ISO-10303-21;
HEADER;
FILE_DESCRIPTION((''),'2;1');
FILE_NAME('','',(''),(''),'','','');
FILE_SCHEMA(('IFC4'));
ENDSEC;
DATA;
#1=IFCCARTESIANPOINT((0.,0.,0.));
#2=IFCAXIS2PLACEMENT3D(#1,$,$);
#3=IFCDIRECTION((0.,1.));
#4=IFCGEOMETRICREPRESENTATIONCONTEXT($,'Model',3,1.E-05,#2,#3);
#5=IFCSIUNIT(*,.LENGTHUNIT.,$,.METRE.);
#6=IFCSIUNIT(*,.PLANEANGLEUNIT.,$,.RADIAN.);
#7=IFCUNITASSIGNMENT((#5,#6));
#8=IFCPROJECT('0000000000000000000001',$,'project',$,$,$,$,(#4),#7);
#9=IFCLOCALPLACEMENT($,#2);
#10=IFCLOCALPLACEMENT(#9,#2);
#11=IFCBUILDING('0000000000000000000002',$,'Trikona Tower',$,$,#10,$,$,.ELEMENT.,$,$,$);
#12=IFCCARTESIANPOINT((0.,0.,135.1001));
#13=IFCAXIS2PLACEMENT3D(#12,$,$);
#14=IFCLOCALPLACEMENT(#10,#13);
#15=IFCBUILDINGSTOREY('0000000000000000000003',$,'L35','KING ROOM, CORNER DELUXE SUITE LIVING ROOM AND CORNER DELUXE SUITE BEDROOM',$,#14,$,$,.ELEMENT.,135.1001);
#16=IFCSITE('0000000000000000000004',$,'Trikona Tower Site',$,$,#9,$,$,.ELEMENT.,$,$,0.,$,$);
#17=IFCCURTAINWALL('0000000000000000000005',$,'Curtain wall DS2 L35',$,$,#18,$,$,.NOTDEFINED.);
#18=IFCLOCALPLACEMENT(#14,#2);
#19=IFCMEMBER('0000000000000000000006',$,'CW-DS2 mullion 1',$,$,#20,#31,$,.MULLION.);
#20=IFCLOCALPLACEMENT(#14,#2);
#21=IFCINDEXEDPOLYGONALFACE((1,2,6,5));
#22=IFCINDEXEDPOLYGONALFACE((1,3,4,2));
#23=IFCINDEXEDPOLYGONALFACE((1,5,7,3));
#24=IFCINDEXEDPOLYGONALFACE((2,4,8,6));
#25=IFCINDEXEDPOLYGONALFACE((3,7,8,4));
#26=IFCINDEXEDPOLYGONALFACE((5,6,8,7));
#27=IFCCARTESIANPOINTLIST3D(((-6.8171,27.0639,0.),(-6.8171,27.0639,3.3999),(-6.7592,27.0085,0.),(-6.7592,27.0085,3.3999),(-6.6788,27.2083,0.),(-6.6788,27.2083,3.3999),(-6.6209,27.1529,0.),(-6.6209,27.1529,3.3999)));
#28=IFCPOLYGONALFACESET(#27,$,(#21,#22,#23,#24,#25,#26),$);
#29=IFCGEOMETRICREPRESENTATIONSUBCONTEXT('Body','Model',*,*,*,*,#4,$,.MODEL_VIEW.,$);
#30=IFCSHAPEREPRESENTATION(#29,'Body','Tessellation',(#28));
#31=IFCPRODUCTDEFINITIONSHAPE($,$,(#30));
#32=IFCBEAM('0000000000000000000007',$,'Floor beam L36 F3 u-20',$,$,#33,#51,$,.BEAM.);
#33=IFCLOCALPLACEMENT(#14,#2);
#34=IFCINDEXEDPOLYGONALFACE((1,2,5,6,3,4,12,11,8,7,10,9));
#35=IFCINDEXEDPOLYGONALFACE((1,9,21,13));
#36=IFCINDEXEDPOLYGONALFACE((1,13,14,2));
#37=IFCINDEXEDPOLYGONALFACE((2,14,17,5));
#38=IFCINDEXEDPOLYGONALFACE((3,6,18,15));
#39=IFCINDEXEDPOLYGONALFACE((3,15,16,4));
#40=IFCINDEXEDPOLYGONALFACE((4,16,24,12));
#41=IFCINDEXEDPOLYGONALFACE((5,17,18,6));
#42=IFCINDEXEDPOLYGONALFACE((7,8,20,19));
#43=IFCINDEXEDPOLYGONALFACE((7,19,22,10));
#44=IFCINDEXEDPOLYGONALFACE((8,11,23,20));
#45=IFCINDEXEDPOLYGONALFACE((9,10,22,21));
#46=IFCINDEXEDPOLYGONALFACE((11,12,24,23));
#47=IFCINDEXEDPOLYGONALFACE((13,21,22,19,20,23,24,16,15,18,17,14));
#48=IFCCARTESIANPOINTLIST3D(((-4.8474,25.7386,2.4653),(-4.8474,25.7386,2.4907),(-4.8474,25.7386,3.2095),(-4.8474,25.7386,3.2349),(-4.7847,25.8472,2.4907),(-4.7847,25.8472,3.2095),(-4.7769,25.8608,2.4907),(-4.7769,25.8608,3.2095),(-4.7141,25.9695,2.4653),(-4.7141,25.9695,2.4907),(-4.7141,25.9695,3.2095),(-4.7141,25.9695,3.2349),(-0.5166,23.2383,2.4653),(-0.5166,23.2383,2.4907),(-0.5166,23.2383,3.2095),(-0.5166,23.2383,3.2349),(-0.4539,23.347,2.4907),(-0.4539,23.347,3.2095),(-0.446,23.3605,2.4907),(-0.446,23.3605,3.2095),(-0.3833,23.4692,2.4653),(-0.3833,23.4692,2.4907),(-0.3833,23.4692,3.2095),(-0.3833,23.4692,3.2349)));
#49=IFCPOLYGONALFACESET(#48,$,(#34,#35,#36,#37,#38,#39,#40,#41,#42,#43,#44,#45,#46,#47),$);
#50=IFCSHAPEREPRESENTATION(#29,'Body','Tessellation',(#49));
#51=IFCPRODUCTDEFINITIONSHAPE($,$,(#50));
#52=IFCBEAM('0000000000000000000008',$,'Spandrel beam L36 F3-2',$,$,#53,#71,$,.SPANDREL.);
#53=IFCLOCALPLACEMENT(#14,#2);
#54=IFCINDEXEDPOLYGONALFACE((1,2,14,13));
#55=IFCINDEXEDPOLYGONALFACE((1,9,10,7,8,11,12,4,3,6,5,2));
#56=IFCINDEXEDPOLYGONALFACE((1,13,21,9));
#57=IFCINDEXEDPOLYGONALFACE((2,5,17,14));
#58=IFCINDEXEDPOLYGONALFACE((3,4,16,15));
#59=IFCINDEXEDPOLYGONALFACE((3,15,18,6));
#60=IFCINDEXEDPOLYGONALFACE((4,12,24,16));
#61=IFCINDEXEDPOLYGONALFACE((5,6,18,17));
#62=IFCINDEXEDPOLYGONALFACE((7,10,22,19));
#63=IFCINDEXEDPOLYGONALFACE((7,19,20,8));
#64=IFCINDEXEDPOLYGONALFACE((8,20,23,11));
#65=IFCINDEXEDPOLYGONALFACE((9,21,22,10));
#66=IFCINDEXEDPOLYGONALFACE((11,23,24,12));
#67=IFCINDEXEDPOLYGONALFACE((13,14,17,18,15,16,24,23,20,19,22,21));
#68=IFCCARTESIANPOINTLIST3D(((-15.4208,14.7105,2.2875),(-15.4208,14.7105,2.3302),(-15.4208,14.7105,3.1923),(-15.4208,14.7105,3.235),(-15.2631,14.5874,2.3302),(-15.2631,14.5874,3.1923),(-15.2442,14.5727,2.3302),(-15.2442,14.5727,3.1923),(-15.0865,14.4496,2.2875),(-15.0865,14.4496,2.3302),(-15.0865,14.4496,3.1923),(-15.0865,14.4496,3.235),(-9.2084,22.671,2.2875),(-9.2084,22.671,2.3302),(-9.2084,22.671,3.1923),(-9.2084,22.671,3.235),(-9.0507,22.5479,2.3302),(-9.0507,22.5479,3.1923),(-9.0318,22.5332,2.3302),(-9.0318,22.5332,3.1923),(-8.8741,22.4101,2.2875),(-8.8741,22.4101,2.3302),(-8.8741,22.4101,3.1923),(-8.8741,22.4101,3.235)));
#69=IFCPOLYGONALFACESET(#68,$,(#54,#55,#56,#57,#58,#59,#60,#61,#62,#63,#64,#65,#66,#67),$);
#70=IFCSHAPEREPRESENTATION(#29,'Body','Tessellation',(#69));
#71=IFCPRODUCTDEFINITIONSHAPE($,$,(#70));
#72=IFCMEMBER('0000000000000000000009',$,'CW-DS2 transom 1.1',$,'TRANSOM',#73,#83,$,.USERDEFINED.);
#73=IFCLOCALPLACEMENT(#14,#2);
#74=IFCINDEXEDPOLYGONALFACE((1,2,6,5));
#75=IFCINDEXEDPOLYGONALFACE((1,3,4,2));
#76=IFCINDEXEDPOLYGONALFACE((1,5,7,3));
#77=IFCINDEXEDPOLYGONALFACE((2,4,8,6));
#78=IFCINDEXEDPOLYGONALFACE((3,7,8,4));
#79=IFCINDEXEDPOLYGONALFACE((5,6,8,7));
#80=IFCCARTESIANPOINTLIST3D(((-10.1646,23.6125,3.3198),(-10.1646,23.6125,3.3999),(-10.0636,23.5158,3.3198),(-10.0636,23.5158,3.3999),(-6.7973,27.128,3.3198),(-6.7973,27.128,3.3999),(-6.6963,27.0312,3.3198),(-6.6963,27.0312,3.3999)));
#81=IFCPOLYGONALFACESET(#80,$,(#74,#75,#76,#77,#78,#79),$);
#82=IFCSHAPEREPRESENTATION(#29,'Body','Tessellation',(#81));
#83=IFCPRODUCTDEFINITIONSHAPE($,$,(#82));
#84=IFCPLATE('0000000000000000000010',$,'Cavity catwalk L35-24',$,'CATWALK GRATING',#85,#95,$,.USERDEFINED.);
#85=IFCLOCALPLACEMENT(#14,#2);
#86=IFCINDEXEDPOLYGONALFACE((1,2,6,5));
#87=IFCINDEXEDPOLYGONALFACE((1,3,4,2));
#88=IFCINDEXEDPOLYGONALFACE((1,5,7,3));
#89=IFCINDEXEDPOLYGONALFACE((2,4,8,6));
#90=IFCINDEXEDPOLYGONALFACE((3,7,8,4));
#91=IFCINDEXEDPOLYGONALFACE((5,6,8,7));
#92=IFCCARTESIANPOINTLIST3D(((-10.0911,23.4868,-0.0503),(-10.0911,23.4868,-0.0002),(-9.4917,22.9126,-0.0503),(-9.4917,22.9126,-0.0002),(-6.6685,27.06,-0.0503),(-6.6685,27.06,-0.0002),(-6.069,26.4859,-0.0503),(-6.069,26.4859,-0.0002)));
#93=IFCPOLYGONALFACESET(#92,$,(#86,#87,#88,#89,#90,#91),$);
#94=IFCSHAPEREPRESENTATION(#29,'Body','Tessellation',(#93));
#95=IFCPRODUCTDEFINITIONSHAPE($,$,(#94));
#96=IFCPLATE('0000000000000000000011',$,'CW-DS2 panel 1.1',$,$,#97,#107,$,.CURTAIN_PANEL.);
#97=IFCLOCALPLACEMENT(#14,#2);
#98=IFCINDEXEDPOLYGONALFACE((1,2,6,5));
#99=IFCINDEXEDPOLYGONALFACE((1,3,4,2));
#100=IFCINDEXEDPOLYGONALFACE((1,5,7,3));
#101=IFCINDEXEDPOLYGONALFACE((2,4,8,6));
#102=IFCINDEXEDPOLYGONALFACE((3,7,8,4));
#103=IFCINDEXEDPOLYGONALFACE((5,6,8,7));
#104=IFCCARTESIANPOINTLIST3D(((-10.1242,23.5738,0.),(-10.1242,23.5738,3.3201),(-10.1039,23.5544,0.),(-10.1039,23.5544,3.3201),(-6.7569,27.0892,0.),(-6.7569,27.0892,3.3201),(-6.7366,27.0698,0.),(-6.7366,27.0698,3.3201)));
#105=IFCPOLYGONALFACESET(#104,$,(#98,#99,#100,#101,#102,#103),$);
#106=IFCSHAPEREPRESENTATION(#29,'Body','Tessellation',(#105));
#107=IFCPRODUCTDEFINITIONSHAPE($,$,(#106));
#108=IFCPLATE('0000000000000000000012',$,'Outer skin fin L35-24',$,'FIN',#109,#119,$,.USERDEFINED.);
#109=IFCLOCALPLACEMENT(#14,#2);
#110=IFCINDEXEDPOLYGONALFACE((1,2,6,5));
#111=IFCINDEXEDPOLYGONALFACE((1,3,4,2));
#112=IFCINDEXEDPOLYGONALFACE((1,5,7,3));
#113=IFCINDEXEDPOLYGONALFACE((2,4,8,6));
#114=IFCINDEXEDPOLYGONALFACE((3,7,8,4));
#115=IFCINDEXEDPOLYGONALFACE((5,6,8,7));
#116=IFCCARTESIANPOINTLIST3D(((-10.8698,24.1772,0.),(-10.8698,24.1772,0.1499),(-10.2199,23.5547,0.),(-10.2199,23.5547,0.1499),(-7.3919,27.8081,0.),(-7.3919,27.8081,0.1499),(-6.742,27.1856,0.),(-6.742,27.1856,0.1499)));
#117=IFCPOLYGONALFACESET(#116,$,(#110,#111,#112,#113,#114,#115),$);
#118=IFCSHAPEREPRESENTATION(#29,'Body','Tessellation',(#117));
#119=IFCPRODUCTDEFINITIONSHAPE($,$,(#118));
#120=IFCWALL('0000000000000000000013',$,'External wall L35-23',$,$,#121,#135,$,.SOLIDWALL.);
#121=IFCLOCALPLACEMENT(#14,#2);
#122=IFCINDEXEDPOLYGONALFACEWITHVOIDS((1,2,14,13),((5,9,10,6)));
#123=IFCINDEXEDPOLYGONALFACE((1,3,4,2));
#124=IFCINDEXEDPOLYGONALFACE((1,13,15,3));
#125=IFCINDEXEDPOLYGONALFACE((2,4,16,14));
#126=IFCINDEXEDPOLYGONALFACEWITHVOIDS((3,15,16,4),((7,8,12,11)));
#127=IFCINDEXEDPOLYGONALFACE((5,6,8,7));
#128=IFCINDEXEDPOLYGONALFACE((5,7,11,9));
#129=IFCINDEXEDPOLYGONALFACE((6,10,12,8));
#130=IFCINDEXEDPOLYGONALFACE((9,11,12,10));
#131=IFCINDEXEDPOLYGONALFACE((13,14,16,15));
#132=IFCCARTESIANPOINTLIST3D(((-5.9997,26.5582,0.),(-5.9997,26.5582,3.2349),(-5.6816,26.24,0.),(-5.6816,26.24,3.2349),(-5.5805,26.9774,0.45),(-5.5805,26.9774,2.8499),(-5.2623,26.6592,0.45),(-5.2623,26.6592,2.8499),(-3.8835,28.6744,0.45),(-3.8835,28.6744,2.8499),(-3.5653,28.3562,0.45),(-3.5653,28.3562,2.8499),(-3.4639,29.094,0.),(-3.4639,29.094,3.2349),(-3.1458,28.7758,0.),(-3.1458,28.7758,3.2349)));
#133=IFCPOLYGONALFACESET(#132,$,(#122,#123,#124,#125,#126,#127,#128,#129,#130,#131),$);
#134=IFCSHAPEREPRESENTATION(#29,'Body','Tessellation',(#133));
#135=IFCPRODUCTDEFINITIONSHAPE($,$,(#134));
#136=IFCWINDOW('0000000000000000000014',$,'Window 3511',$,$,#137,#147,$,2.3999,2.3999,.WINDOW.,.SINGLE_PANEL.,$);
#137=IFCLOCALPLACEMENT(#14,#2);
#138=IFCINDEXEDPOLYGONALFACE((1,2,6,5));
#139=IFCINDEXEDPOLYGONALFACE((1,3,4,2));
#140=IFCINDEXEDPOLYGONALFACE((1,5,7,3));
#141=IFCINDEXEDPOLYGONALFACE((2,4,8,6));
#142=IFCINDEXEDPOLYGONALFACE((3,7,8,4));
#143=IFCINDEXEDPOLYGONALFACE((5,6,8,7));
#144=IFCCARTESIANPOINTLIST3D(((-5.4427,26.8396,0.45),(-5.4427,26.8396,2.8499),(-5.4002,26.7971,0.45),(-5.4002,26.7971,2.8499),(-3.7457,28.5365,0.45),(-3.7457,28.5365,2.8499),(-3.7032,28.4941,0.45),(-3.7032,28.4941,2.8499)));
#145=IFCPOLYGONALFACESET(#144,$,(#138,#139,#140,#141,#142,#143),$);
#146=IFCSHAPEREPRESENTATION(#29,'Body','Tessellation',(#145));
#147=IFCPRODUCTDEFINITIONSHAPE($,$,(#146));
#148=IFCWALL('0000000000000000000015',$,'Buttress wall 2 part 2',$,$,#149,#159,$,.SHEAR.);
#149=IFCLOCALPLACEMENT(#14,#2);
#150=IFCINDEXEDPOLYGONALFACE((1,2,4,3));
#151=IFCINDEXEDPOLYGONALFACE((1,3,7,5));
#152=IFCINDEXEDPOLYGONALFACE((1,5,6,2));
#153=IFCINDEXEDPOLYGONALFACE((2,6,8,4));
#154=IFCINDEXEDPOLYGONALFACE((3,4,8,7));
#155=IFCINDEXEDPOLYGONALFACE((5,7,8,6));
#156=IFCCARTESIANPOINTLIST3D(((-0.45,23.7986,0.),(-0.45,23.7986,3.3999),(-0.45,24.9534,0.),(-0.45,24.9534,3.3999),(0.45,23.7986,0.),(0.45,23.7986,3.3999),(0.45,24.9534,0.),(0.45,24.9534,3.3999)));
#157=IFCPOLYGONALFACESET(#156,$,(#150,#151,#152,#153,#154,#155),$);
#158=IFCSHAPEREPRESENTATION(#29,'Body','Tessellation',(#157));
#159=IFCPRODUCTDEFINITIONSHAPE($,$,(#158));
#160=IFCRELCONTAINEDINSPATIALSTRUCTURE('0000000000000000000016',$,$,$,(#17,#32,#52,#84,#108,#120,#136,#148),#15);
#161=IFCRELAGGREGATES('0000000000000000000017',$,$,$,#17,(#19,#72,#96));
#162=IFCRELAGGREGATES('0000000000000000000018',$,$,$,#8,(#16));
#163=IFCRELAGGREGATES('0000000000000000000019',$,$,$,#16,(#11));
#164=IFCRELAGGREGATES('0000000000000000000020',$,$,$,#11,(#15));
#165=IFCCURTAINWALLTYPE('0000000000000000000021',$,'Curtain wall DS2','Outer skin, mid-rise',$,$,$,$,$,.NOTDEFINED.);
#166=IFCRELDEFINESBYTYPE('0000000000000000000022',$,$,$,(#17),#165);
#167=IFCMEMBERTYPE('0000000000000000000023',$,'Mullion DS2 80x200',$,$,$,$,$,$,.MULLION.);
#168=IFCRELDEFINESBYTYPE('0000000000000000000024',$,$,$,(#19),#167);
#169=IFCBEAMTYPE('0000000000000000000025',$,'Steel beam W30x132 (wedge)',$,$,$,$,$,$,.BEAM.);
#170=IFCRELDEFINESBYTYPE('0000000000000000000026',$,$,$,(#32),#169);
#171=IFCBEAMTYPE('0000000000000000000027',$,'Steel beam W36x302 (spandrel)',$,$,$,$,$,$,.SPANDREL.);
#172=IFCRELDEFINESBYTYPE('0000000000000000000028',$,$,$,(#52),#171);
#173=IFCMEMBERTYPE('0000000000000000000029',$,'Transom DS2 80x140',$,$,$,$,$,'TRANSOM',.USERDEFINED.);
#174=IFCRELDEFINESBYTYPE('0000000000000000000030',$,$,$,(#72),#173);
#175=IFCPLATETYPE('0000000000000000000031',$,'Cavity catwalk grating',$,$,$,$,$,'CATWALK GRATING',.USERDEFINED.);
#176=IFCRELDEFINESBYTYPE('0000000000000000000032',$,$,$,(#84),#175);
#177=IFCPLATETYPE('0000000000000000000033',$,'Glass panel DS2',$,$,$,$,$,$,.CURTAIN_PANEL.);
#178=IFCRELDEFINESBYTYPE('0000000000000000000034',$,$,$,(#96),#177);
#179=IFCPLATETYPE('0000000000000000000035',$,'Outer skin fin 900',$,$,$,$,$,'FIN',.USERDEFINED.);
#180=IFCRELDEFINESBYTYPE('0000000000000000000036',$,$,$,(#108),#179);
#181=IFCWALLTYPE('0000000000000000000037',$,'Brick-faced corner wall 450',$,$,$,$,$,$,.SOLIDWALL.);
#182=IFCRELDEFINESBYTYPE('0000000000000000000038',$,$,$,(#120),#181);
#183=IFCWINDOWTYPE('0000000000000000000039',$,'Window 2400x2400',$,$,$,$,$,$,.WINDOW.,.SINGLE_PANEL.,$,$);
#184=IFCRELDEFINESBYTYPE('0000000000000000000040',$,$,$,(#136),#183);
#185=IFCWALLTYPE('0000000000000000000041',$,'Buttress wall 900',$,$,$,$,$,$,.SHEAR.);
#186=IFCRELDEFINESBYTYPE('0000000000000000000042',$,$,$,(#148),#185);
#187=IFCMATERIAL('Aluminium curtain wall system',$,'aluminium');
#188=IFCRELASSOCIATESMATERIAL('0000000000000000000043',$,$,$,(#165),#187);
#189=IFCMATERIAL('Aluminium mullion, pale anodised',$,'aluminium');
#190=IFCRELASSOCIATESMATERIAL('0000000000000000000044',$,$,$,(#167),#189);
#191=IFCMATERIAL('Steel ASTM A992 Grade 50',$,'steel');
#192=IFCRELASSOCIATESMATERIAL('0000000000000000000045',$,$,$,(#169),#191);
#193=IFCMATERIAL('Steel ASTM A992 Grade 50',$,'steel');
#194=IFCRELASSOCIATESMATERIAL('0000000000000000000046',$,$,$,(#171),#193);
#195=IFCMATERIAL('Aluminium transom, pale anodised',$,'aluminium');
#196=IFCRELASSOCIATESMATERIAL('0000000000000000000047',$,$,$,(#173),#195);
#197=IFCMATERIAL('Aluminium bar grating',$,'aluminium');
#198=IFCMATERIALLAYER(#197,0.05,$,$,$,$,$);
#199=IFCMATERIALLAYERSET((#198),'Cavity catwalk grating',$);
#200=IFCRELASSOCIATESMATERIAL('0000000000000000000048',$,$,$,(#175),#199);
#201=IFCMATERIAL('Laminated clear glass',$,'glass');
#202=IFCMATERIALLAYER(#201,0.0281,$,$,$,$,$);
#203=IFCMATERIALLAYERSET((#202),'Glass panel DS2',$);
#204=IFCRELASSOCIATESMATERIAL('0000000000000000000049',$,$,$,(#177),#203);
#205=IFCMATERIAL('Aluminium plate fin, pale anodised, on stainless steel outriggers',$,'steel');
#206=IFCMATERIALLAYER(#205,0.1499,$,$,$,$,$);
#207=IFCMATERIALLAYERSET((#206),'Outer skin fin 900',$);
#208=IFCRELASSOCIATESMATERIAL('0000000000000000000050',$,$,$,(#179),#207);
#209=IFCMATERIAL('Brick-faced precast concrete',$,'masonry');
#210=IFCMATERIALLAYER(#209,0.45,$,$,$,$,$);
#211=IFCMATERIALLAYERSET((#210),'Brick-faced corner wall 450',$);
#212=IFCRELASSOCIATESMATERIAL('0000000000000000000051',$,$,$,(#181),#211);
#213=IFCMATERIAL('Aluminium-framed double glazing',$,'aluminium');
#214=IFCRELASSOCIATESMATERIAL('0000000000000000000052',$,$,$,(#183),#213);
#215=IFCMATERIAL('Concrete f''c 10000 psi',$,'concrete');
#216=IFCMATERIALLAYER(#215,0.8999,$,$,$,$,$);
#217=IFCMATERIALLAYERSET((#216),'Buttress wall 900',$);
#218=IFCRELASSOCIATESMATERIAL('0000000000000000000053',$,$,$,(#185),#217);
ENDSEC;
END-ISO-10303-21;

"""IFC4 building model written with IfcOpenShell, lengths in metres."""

from ifc_helpers import new_model, si_unit, direction, frame, frame_2d, origin, origin_2d, place, context, subcontext, project, spatial, rectangle, i_section, extrude, material, layer, layer_set, material_profile, profile_set, type_object, element, fill, aggregate, save


model = new_model("IFC4")

# Units and contexts
model_context = context("Model", 3, precision=1e-05, world=origin(), true_north=direction((0.0, 1.0)))
body_context = subcontext(model_context, "Body", "Model", "MODEL_VIEW")
ifc_project = project(units=[si_unit("LENGTHUNIT", "METRE"), si_unit("PLANEANGLEUNIT", "RADIAN")], contexts=[model_context])

# Site, building, storey
site_placement = place(None, origin())
site = spatial("IfcSite", under=ifc_project, at=site_placement, Name="Trikona Tower Site", CompositionType="ELEMENT", RefElevation=0.0)
building_placement = place(site_placement, origin())
building = spatial("IfcBuilding", under=site, at=building_placement, Name="Trikona Tower", CompositionType="ELEMENT")
storey_placement = place(building_placement, frame((0.0, 0.0, 135.1001)))
storey = spatial("IfcBuildingStorey", under=building, at=storey_placement, Name="L35", Description="KING ROOM, CORNER DELUXE SUITE LIVING ROOM AND CORNER DELUXE SUITE BEDROOM", CompositionType="ELEMENT", Elevation=135.1001)

# Curtain wall, member
ifc_material_1 = material(Name="Aluminium curtain wall system", Category="aluminium")
curtain_wall_type = type_object("IfcCurtainWallType", Name="Curtain wall DS2", Description="Outer skin, mid-rise", PredefinedType="NOTDEFINED", material=ifc_material_1)
curtain_wall_placement = place(storey_placement, origin())
curtain_wall = element("IfcCurtainWall", 1, at=curtain_wall_placement, inside=storey, type_object=curtain_wall_type, Name="Curtain wall DS2 L35", PredefinedType="NOTDEFINED")
ifc_material_2 = material(Name="Aluminium mullion, pale anodised", Category="aluminium")
ifc_material_profile_1 = material_profile(ifc_material_2, rectangle(XDim=0.0801, YDim=0.2, at=origin_2d()), Name="MUL-DS2")
ifc_profile_set_1 = profile_set([ifc_material_profile_1], Name="Aluminium mullion, pale anodised")
member_type_1 = type_object("IfcMemberType", Name="Mullion DS2 80x200", PredefinedType="MULLION", material=ifc_profile_set_1)
member_1_placement = place(storey_placement, frame((-6.719, 27.1084, 0.0), z_axis=(0.0, 0.0, 1.0), x_axis=(0.722158, -0.691728, 0.0)))
member_1 = element("IfcMember", 2, at=member_1_placement, type_object=member_type_1, Name="CW-DS2 mullion 1", PredefinedType="MULLION", context=body_context, shape_type="SweptSolid", body=[
    extrude(rectangle(XDim=0.0801, YDim=0.2, at=origin_2d()), origin(), (0.0, 0.0, 1.0), 3.3999),
])

# Beams
ifc_material_3 = material(Name="Steel ASTM A992 Grade 50", Category="steel")
ifc_material_profile_2 = material_profile(ifc_material_3, i_section(OverallWidth=0.2666, OverallDepth=0.7695, WebThickness=0.0156, FlangeThickness=0.0254, at=origin_2d()), Name="W30X132")
ifc_profile_set_2 = profile_set([ifc_material_profile_2], Name="Steel ASTM A992 Grade 50")
beam_type_1 = type_object("IfcBeamType", Name="Steel beam W30x132 (wedge)", PredefinedType="BEAM", material=ifc_profile_set_2)
beam_1_placement = place(storey_placement, frame((-0.45, 23.3538, 2.8501), z_axis=(-0.866038, 0.499977, 0.0), x_axis=(-0.499977, -0.866038, 0.0)))
element("IfcBeam", 3, at=beam_1_placement, inside=storey, type_object=beam_type_1, Name="Floor beam L36 F3 u-20", PredefinedType="BEAM", context=body_context, shape_type="SweptSolid", body=[
    extrude(i_section(OverallWidth=0.2666, OverallDepth=0.7695, WebThickness=0.0156, FlangeThickness=0.0254, at=origin_2d()), origin(), (0.0, 0.0, 1.0), 5.0007),
])
ifc_material_4 = material(Name="Steel ASTM A992 Grade 50", Category="steel")
ifc_material_profile_3 = material_profile(ifc_material_4, i_section(OverallWidth=0.4241, OverallDepth=0.9475, WebThickness=0.0239, FlangeThickness=0.0427, at=origin_2d()), Name="W36X302")
ifc_profile_set_3 = profile_set([ifc_material_profile_3], Name="Steel ASTM A992 Grade 50")
beam_type_2 = type_object("IfcBeamType", Name="Steel beam W36x302 (spandrel)", PredefinedType="SPANDREL", material=ifc_profile_set_3)
beam_2_placement = place(storey_placement, frame((-9.0413, 22.5405, 2.7612), z_axis=(-0.615232, -0.788346, 0.0), x_axis=(0.788346, -0.615232, 0.0)))
element("IfcBeam", 4, at=beam_2_placement, inside=storey, type_object=beam_type_2, Name="Spandrel beam L36 F3-2", PredefinedType="SPANDREL", context=body_context, shape_type="SweptSolid", body=[
    extrude(i_section(OverallWidth=0.4241, OverallDepth=0.9475, WebThickness=0.0239, FlangeThickness=0.0427, at=origin_2d()), origin(), (0.0, 0.0, 1.0), 10.0977),
])

# Member
ifc_material_5 = material(Name="Aluminium transom, pale anodised", Category="aluminium")
ifc_material_profile_4 = material_profile(ifc_material_5, rectangle(XDim=0.1399, YDim=0.0801, at=origin_2d()), Name="TRN-DS2")
ifc_profile_set_4 = profile_set([ifc_material_profile_4], Name="Aluminium transom, pale anodised")
member_type_2 = type_object("IfcMemberType", Name="Transom DS2 80x140", ElementType="TRANSOM", PredefinedType="USERDEFINED", material=ifc_profile_set_4)
member_2_placement = place(storey_placement, frame((-6.7468, 27.0796, 3.3599), z_axis=(-0.691721, -0.722165, 0.0), x_axis=(0.722165, -0.691721, 0.0)))
member_2 = element("IfcMember", 5, at=member_2_placement, type_object=member_type_2, Name="CW-DS2 transom 1.1", ObjectType="TRANSOM", PredefinedType="USERDEFINED", context=body_context, shape_type="SweptSolid", body=[
    extrude(rectangle(XDim=0.1399, YDim=0.0801, at=origin_2d()), origin(), (0.0, 0.0, 1.0), 4.8679),
])

# Plates
ifc_material_6 = material(Name="Aluminium bar grating", Category="aluminium")
ifc_layer_1 = layer(ifc_material_6, 0.05)
ifc_layer_set_1 = layer_set([ifc_layer_1], Name="Cavity catwalk grating")
plate_type_1 = type_object("IfcPlateType", Name="Cavity catwalk grating", ElementType="CATWALK GRATING", PredefinedType="USERDEFINED", material=ifc_layer_set_1)
plate_1_placement = place(storey_placement, frame((-8.0801, 24.9863, -0.0503), z_axis=(0.0, 0.0, 1.0), x_axis=(-0.691724, -0.722162, 0.0)))
element("IfcPlate", 6, at=plate_1_placement, inside=storey, type_object=plate_type_1, Name="Cavity catwalk L35-24", ObjectType="CATWALK GRATING", PredefinedType="USERDEFINED", context=body_context, shape_type="SweptSolid", body=[
    extrude(rectangle(XDim=4.948, YDim=0.8301, at=origin_2d()), origin(), (0.0, 0.0, 1.0), 0.05),
])
ifc_material_7 = material(Name="Laminated clear glass", Category="glass")
ifc_layer_2 = layer(ifc_material_7, 0.0281)
ifc_layer_set_2 = layer_set([ifc_layer_2], Name="Glass panel DS2")
plate_type_2 = type_object("IfcPlateType", Name="Glass panel DS2", PredefinedType="CURTAIN_PANEL", material=ifc_layer_set_2)
plate_2_placement = place(storey_placement, frame((-8.4304, 25.3218, 0.0), z_axis=(0.0, 0.0, 1.0), x_axis=(-0.691728, -0.722158, 0.0)))
plate_2 = element("IfcPlate", 7, at=plate_2_placement, type_object=plate_type_2, Name="CW-DS2 panel 1.1", PredefinedType="CURTAIN_PANEL", context=body_context, shape_type="SweptSolid", body=[
    extrude(rectangle(XDim=4.8679, YDim=0.0281, at=origin_2d()), origin(), (0.0, 0.0, 1.0), 3.3201),
])
aggregate(curtain_wall, [member_1, member_2, plate_2])
ifc_material_8 = material(Name="Aluminium plate fin, pale anodised, on stainless steel outriggers", Category="steel")
ifc_layer_3 = layer(ifc_material_8, 0.1499)
ifc_layer_set_3 = layer_set([ifc_layer_3], Name="Outer skin fin 900")
plate_type_3 = type_object("IfcPlateType", Name="Outer skin fin 900", ElementType="FIN", PredefinedType="USERDEFINED", material=ifc_layer_set_3)
plate_3_placement = place(storey_placement, frame((-8.8059, 25.6814, 0.0), z_axis=(0.0, 0.0, 1.0), x_axis=(-0.691724, -0.722162, 0.0)))
element("IfcPlate", 8, at=plate_3_placement, inside=storey, type_object=plate_type_3, Name="Outer skin fin L35-24", ObjectType="FIN", PredefinedType="USERDEFINED", context=body_context, shape_type="SweptSolid", body=[
    extrude(rectangle(XDim=5.0278, YDim=0.8999, at=origin_2d()), origin(), (0.0, 0.0, 1.0), 0.1499),
])

# Wall, opening, window
ifc_material_9 = material(Name="Brick-faced precast concrete", Category="masonry")
ifc_layer_4 = layer(ifc_material_9, 0.45)
ifc_layer_set_4 = layer_set([ifc_layer_4], Name="Brick-faced corner wall 450")
wall_type_1 = type_object("IfcWallType", Name="Brick-faced corner wall 450", PredefinedType="SOLIDWALL", material=ifc_layer_set_4)
wall_1_placement = place(storey_placement, frame((-3.3049, 28.9348, 0.0), z_axis=(0.0, 0.0, 1.0), x_axis=(-0.707107, -0.707107, 0.0)))
wall_1 = element("IfcWall", 9, at=wall_1_placement, inside=storey, type_object=wall_type_1, Name="External wall L35-23", PredefinedType="SOLIDWALL", context=body_context, shape_type="SweptSolid", body=[
    extrude(rectangle(XDim=3.5862, YDim=0.45, at=frame_2d((1.793, 0.0))), origin(), (0.0, 0.0, 1.0), 3.2349),
])
opening_1_placement = place(wall_1_placement, frame((0.5933, 0.0, 0.45)))
opening_1 = element("IfcOpeningElement", 10, at=opening_1_placement, cuts=wall_1, PredefinedType="OPENING", context=body_context, shape_type="SweptSolid", body=[
    extrude(rectangle(XDim=2.3999, YDim=2.3999, at=frame_2d((1.2, 1.2))), frame((0.0, 0.2349, 0.0), z_axis=(0.0, -1.0, 0.0), x_axis=(1.0, 0.0, 0.0)), (0.0, 0.0, 1.0), 0.47),
])
ifc_material_10 = material(Name="Aluminium-framed double glazing", Category="aluminium")
window_type_1 = type_object("IfcWindowType", Name="Window 2400x2400", PartitioningType="SINGLE_PANEL", PredefinedType="WINDOW", material=ifc_material_10)
window_1_placement = place(opening_1_placement, origin())
window_1 = element("IfcWindow", 11, at=window_1_placement, inside=storey, type_object=window_type_1, Name="Window 3511", OverallHeight=2.3999, OverallWidth=2.3999, PartitioningType="SINGLE_PANEL", PredefinedType="WINDOW", context=body_context, shape_type="SweptSolid", body=[
    extrude(rectangle(XDim=2.3999, YDim=2.3999, at=frame_2d((1.2, 1.2))), frame((0.0, 0.03, 0.0), z_axis=(0.0, -1.0, 0.0), x_axis=(1.0, 0.0, 0.0)), (0.0, 0.0, 1.0), 0.0601),
])
fill(opening_1, window_1)

# Wall
ifc_material_11 = material(Name="Concrete f'c 10000 psi", Category="concrete")
ifc_layer_5 = layer(ifc_material_11, 0.8999)
ifc_layer_set_5 = layer_set([ifc_layer_5], Name="Buttress wall 900")
wall_type_2 = type_object("IfcWallType", Name="Buttress wall 900", PredefinedType="SHEAR", material=ifc_layer_set_5)
wall_2_placement = place(storey_placement, frame((0.0, 23.7986, 0.0), z_axis=(0.0, 0.0, 1.0), x_axis=(0.0, 1.0, 0.0)))
element("IfcWall", 12, at=wall_2_placement, inside=storey, type_object=wall_type_2, Name="Buttress wall 2 part 2", PredefinedType="SHEAR", context=body_context, shape_type="SweptSolid", body=[
    extrude(rectangle(XDim=1.1548, YDim=0.8999, at=frame_2d((0.5774, 0.0))), origin(), (0.0, 0.0, 1.0), 3.3999),
])

save(model, "model.ifc")
